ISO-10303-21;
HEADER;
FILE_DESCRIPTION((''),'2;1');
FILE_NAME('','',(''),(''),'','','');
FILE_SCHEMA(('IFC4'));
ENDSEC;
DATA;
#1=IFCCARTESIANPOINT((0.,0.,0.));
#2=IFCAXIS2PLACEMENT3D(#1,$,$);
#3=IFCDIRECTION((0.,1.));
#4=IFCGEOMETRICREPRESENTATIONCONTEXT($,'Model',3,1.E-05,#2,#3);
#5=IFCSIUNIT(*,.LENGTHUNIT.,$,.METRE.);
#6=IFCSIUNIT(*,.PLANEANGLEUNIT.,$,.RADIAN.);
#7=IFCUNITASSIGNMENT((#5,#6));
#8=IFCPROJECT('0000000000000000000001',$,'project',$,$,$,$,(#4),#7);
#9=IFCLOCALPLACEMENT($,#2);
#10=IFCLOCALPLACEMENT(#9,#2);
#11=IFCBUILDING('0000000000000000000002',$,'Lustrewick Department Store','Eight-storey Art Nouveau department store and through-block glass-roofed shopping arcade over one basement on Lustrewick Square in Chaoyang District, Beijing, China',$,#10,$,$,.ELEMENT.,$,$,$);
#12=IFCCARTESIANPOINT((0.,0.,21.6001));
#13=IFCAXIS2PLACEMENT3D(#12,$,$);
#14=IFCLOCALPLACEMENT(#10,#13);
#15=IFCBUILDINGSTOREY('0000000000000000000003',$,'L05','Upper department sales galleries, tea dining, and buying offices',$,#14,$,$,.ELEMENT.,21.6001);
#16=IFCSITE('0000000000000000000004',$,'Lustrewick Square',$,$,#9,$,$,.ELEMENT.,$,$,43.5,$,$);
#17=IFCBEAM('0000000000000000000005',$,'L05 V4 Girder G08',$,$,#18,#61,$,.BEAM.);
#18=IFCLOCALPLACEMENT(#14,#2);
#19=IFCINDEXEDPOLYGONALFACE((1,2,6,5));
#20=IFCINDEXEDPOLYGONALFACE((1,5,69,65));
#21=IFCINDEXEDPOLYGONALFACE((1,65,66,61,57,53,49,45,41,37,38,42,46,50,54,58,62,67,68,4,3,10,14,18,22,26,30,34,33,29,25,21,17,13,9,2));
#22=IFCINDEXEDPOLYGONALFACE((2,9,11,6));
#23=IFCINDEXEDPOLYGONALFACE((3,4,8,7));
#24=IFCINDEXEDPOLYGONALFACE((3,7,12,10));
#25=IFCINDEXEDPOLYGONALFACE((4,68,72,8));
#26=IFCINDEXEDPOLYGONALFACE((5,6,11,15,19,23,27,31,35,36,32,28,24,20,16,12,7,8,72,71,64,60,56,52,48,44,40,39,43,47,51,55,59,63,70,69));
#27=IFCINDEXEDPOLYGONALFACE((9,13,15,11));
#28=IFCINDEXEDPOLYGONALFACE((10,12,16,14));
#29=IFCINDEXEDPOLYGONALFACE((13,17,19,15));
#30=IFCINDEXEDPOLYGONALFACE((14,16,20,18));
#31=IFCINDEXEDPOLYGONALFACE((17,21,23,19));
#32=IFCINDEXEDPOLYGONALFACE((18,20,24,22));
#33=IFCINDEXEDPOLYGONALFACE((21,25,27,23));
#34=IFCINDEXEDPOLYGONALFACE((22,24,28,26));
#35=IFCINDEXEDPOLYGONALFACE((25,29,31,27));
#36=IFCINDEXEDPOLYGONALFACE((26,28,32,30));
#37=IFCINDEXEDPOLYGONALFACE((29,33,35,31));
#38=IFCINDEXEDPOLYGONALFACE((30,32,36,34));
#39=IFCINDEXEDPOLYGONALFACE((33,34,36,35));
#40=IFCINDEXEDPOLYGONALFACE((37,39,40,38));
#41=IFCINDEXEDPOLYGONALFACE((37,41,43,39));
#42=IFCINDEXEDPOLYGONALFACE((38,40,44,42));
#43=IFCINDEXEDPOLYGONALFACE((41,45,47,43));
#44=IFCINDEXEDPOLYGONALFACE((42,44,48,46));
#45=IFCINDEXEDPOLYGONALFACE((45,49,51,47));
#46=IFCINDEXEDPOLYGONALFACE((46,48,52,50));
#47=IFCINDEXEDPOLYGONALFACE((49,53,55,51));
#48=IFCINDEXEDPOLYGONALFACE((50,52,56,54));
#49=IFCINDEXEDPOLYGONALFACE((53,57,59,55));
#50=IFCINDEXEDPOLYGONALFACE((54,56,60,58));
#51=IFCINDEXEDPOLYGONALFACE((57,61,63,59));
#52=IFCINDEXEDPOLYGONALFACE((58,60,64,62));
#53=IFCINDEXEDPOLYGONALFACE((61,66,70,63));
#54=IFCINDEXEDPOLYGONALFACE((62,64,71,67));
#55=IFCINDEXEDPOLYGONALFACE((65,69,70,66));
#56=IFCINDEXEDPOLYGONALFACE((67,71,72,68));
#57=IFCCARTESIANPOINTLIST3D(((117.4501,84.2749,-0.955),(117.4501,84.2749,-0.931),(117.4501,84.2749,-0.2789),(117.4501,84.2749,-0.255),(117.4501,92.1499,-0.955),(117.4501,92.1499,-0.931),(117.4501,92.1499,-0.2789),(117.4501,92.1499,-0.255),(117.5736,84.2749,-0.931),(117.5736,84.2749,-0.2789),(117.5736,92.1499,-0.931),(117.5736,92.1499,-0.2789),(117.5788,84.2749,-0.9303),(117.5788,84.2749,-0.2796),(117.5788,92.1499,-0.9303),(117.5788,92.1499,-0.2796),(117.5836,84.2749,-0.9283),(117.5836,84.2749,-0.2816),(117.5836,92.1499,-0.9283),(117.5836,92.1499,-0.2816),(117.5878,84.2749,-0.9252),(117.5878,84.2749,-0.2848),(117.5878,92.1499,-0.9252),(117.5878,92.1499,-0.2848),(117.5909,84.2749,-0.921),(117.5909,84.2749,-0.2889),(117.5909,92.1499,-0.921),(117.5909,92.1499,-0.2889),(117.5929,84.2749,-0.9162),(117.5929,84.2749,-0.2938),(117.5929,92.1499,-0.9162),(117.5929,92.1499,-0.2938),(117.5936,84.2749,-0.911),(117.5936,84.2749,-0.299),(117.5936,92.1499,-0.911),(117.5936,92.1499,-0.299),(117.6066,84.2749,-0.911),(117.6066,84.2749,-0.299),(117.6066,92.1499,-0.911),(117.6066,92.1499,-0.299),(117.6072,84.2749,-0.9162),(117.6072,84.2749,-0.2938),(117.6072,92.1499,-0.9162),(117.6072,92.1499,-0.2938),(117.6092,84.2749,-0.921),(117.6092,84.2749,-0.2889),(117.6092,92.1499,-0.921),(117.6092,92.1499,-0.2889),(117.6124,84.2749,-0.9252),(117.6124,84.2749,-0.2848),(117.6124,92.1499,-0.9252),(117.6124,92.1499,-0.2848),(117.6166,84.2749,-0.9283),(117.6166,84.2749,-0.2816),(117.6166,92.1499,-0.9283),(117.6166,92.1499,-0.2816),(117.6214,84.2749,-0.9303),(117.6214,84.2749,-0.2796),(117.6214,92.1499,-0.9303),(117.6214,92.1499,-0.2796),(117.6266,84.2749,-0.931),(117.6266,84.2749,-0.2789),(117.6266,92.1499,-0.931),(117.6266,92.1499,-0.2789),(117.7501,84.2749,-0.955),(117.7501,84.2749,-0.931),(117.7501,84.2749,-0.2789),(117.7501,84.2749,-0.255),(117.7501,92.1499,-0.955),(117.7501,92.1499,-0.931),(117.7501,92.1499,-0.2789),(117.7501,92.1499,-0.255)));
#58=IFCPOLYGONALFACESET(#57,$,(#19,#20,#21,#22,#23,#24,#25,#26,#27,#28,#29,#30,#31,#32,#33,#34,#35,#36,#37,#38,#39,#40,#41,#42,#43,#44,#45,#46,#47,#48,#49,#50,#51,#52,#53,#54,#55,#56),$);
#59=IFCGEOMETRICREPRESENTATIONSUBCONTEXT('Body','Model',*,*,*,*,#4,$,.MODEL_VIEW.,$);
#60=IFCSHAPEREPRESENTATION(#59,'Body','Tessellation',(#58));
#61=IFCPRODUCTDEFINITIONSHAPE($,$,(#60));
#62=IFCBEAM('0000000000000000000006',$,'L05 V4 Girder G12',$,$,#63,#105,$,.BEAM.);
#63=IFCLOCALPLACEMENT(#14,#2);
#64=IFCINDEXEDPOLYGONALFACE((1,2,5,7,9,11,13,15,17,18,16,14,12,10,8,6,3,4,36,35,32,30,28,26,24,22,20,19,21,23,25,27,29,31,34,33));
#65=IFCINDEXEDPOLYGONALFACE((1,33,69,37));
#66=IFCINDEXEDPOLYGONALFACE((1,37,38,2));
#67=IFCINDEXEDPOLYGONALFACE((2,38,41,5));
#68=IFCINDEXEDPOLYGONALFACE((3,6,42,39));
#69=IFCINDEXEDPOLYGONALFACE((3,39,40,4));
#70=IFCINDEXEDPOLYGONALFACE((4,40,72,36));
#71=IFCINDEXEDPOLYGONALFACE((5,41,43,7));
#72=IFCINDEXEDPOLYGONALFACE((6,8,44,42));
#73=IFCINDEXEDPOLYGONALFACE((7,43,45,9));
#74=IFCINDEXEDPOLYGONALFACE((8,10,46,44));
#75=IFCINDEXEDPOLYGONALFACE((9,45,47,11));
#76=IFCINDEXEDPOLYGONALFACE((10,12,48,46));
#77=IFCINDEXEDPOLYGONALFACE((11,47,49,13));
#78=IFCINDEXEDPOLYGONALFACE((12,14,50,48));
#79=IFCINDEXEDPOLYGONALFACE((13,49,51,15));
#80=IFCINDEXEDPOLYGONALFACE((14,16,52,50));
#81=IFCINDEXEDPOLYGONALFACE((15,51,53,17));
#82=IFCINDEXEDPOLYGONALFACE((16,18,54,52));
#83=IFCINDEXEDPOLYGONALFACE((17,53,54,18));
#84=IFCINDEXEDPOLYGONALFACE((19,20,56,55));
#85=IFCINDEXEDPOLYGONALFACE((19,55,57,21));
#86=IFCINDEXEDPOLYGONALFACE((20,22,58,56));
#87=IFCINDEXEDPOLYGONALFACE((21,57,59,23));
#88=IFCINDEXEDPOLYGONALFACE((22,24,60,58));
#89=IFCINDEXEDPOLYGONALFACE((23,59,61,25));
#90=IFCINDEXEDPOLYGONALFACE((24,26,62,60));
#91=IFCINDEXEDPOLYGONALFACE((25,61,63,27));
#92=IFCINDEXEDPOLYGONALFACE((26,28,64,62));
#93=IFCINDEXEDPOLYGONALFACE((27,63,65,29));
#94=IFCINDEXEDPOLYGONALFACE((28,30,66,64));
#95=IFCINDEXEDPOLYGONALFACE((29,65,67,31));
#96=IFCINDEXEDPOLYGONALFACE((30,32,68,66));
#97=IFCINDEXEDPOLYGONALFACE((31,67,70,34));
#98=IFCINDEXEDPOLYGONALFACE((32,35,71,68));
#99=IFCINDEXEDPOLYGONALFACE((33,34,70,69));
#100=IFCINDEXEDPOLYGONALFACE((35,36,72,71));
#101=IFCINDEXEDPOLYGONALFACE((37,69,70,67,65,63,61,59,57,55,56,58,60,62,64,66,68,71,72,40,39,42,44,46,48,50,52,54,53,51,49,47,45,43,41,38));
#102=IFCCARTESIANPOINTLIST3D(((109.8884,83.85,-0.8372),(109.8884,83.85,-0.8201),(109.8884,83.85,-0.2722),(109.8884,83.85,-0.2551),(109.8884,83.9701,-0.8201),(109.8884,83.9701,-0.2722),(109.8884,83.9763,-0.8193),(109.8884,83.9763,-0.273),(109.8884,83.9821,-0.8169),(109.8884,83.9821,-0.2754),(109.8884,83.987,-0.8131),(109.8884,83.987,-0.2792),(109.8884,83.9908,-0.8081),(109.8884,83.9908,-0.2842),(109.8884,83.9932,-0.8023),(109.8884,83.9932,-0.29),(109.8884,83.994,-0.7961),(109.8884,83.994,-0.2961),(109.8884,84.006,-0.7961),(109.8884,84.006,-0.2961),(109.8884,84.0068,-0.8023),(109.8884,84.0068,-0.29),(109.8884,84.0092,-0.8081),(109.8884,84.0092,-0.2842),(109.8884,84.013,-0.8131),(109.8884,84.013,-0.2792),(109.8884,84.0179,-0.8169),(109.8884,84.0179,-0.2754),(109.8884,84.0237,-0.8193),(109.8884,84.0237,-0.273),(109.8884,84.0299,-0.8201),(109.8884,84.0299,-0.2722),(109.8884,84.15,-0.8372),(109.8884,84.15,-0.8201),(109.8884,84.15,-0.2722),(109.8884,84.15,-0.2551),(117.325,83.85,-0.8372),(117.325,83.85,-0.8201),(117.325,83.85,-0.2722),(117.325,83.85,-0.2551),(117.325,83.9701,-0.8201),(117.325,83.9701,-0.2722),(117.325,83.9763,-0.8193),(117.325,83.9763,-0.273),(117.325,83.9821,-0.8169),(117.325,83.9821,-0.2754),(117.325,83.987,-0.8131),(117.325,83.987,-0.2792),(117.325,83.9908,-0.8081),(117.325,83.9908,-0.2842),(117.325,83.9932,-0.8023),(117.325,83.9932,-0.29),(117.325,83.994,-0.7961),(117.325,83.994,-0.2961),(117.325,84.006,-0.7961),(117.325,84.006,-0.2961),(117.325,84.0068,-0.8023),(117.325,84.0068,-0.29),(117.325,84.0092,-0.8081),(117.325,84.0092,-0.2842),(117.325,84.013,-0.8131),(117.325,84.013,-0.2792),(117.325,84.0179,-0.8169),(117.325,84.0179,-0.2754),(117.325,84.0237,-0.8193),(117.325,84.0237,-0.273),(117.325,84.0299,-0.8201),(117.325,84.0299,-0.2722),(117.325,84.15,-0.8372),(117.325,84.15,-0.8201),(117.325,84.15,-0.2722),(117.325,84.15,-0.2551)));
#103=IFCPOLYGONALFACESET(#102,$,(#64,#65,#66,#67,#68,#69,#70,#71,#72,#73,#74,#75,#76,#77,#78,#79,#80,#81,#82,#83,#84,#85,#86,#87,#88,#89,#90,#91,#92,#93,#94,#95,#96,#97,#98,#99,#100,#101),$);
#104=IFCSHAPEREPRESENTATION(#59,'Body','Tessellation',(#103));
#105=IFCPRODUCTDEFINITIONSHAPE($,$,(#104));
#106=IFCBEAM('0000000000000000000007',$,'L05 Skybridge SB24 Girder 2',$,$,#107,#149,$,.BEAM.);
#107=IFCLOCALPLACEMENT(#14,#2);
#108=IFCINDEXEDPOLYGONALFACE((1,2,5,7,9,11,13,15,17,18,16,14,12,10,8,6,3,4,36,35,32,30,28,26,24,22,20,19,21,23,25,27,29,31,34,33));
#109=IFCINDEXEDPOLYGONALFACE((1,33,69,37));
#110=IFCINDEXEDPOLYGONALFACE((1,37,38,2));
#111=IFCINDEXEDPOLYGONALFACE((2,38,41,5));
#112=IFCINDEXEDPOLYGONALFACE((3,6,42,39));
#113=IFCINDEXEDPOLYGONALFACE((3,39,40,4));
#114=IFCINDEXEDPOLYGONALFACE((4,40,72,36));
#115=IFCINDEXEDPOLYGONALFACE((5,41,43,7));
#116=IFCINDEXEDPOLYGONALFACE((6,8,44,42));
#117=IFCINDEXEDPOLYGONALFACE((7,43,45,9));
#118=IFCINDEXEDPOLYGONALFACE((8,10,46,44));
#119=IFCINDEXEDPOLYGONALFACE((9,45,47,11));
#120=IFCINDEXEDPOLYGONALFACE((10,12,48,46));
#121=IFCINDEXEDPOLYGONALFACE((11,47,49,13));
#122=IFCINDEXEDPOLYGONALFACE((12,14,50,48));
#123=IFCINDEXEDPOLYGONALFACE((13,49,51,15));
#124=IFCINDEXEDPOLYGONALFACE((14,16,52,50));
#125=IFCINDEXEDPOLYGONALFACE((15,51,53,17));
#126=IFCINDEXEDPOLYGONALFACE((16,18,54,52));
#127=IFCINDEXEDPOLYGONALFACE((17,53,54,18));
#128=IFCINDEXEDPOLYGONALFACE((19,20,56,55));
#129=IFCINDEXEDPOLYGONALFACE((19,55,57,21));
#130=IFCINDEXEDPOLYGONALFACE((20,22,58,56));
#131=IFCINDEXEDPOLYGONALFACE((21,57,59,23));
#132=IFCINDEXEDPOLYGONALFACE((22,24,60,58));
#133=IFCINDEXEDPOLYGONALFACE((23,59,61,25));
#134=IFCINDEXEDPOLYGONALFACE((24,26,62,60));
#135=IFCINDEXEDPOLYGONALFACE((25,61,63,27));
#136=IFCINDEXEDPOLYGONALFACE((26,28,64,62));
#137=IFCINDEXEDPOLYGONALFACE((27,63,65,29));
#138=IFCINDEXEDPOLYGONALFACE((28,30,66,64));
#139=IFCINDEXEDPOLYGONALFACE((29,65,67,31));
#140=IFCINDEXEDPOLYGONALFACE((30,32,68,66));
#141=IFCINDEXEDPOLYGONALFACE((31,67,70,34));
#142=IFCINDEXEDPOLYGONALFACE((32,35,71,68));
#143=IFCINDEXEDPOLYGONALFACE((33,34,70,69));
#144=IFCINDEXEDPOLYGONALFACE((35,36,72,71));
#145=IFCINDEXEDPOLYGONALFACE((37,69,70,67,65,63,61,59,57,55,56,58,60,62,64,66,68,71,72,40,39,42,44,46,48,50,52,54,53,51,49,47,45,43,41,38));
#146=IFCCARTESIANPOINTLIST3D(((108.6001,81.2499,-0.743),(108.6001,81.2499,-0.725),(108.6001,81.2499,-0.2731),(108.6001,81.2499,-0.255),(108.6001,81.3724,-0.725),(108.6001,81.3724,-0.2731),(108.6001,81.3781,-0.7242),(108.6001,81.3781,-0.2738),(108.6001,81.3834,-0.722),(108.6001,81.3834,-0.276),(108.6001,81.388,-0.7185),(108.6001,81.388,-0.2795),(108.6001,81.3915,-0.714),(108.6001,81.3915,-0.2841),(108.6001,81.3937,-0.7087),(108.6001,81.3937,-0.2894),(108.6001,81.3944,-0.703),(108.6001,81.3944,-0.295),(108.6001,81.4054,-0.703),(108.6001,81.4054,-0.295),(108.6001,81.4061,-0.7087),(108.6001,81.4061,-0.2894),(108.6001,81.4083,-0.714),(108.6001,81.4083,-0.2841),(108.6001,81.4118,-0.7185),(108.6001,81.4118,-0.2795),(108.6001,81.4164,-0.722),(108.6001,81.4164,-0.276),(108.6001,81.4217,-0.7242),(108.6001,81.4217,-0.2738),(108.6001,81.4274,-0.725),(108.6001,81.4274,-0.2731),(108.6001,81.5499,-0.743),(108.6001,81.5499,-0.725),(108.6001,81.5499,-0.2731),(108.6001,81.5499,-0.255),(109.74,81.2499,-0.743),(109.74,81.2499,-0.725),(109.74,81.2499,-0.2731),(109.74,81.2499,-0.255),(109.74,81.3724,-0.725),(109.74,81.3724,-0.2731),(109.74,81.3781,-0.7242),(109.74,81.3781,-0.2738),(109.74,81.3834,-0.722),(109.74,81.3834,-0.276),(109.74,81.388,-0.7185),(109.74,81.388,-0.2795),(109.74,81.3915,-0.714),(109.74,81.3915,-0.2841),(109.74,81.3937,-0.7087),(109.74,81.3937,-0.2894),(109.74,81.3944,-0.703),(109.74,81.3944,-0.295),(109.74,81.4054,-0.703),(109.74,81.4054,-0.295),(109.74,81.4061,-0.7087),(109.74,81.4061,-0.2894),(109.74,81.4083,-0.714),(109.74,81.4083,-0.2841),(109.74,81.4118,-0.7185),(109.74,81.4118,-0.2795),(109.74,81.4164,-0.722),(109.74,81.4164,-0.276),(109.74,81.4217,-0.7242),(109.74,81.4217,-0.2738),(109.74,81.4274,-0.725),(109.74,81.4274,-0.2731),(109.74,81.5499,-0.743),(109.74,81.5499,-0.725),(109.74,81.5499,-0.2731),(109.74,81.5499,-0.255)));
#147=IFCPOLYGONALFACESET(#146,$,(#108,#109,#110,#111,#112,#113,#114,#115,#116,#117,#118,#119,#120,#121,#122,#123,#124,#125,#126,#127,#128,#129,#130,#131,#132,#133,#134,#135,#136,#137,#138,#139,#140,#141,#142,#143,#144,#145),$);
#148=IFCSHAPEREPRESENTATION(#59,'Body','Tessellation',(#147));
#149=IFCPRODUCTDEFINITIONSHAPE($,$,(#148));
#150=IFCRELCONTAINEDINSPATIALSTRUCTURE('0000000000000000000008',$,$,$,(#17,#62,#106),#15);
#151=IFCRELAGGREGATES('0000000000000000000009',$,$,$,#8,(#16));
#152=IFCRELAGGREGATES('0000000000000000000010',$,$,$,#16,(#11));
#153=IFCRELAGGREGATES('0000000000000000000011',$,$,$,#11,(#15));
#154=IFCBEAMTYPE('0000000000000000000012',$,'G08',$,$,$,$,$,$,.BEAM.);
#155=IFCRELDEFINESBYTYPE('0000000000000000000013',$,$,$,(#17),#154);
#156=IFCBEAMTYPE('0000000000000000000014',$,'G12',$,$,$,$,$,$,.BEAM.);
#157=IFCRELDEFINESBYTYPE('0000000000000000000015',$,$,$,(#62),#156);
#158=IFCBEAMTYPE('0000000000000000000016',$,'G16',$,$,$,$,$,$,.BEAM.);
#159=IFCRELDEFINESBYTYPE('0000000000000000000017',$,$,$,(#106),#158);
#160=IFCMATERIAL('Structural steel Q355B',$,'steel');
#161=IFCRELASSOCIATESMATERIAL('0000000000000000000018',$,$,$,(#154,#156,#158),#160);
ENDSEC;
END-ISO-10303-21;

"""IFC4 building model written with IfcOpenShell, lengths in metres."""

from ifc_helpers import new_model, si_unit, direction, frame, origin, origin_2d, place, context, subcontext, project, spatial, i_section, extrude, material, material_profile, profile_set, type_object, element, save


model = new_model("IFC4")

# Units and contexts
model_context = context("Model", 3, precision=1e-05, world=origin(), true_north=direction((0.0, 1.0)))
body_context = subcontext(model_context, "Body", "Model", "MODEL_VIEW")
ifc_project = project(units=[si_unit("LENGTHUNIT", "METRE"), si_unit("PLANEANGLEUNIT", "RADIAN")], contexts=[model_context])

# Site, building, storey
site_placement = place(None, origin())
site = spatial("IfcSite", under=ifc_project, at=site_placement, Name="Lustrewick Square", CompositionType="ELEMENT", RefElevation=43.5)
building_placement = place(site_placement, origin())
building = spatial("IfcBuilding", under=site, at=building_placement, Name="Lustrewick Department Store", Description="Eight-storey Art Nouveau department store and through-block glass-roofed shopping arcade over one basement on Lustrewick Square in Chaoyang District, Beijing, China", CompositionType="ELEMENT")
storey_placement = place(building_placement, frame((0.0, 0.0, 21.6001)))
storey = spatial("IfcBuildingStorey", under=building, at=storey_placement, Name="L05", Description="Upper department sales galleries, tea dining, and buying offices", CompositionType="ELEMENT", Elevation=21.6001)

# Shared definitions
ifc_material_1 = material(Name="Structural steel Q355B", Category="steel")

# Beams
ifc_material_profile_1 = material_profile(ifc_material_1, i_section(OverallWidth=0.3, OverallDepth=0.7, WebThickness=0.0129, FlangeThickness=0.0239, FilletRadius=0.02, at=origin_2d()), Name="HN 700x300x13x24")
ifc_profile_set_1 = profile_set([ifc_material_profile_1], Name="Structural steel Q355B")
beam_type_1 = type_object("IfcBeamType", Name="G08", PredefinedType="BEAM", material=ifc_profile_set_1)
beam_1_placement = place(storey_placement, frame((117.6001, 84.2749, -0.605), z_axis=(0.0, 1.0, 0.0), x_axis=(-1.0, 0.0, 0.0)))
element("IfcBeam", 1, at=beam_1_placement, inside=storey, type_object=beam_type_1, Name="L05 V4 Girder G08", PredefinedType="BEAM", context=body_context, shape_type="SweptSolid", body=[
    extrude(i_section(OverallWidth=0.3, OverallDepth=0.7, WebThickness=0.0129, FlangeThickness=0.0239, FilletRadius=0.02, at=origin_2d()), origin(), (0.0, 0.0, 1.0), 7.875),
])
ifc_material_profile_2 = material_profile(ifc_material_1, i_section(OverallWidth=0.3, OverallDepth=0.582, WebThickness=0.012, FlangeThickness=0.0171, FilletRadius=0.0239, at=origin_2d()), Name="HM 582x300x12x17")
ifc_profile_set_2 = profile_set([ifc_material_profile_2], Name="Structural steel Q355B")
beam_type_2 = type_object("IfcBeamType", Name="G12", PredefinedType="BEAM", material=ifc_profile_set_2)
beam_2_placement = place(storey_placement, frame((109.8884, 84.0, -0.5461), z_axis=(1.0, 0.0, 0.0), x_axis=(0.0, 1.0, 0.0)))
element("IfcBeam", 2, at=beam_2_placement, inside=storey, type_object=beam_type_2, Name="L05 V4 Girder G12", PredefinedType="BEAM", context=body_context, shape_type="SweptSolid", body=[
    extrude(i_section(OverallWidth=0.3, OverallDepth=0.582, WebThickness=0.012, FlangeThickness=0.0171, FilletRadius=0.0239, at=origin_2d()), origin(), (0.0, 0.0, 1.0), 7.4365),
])
ifc_material_profile_3 = material_profile(ifc_material_1, i_section(OverallWidth=0.3, OverallDepth=0.488, WebThickness=0.011, FlangeThickness=0.0181, FilletRadius=0.022, at=origin_2d()), Name="HM 488x300x11x18")
ifc_profile_set_3 = profile_set([ifc_material_profile_3], Name="Structural steel Q355B")
beam_type_3 = type_object("IfcBeamType", Name="G16", PredefinedType="BEAM", material=ifc_profile_set_3)
beam_3_placement = place(storey_placement, frame((108.6001, 81.3999, -0.499), z_axis=(1.0, 0.0, 0.0), x_axis=(0.0, 1.0, 0.0)))
element("IfcBeam", 3, at=beam_3_placement, inside=storey, type_object=beam_type_3, Name="L05 Skybridge SB24 Girder 2", PredefinedType="BEAM", context=body_context, shape_type="SweptSolid", body=[
    extrude(i_section(OverallWidth=0.3, OverallDepth=0.488, WebThickness=0.011, FlangeThickness=0.0181, FilletRadius=0.022, at=origin_2d()), origin(), (0.0, 0.0, 1.0), 1.1399),
])

save(model, "model.ifc")
